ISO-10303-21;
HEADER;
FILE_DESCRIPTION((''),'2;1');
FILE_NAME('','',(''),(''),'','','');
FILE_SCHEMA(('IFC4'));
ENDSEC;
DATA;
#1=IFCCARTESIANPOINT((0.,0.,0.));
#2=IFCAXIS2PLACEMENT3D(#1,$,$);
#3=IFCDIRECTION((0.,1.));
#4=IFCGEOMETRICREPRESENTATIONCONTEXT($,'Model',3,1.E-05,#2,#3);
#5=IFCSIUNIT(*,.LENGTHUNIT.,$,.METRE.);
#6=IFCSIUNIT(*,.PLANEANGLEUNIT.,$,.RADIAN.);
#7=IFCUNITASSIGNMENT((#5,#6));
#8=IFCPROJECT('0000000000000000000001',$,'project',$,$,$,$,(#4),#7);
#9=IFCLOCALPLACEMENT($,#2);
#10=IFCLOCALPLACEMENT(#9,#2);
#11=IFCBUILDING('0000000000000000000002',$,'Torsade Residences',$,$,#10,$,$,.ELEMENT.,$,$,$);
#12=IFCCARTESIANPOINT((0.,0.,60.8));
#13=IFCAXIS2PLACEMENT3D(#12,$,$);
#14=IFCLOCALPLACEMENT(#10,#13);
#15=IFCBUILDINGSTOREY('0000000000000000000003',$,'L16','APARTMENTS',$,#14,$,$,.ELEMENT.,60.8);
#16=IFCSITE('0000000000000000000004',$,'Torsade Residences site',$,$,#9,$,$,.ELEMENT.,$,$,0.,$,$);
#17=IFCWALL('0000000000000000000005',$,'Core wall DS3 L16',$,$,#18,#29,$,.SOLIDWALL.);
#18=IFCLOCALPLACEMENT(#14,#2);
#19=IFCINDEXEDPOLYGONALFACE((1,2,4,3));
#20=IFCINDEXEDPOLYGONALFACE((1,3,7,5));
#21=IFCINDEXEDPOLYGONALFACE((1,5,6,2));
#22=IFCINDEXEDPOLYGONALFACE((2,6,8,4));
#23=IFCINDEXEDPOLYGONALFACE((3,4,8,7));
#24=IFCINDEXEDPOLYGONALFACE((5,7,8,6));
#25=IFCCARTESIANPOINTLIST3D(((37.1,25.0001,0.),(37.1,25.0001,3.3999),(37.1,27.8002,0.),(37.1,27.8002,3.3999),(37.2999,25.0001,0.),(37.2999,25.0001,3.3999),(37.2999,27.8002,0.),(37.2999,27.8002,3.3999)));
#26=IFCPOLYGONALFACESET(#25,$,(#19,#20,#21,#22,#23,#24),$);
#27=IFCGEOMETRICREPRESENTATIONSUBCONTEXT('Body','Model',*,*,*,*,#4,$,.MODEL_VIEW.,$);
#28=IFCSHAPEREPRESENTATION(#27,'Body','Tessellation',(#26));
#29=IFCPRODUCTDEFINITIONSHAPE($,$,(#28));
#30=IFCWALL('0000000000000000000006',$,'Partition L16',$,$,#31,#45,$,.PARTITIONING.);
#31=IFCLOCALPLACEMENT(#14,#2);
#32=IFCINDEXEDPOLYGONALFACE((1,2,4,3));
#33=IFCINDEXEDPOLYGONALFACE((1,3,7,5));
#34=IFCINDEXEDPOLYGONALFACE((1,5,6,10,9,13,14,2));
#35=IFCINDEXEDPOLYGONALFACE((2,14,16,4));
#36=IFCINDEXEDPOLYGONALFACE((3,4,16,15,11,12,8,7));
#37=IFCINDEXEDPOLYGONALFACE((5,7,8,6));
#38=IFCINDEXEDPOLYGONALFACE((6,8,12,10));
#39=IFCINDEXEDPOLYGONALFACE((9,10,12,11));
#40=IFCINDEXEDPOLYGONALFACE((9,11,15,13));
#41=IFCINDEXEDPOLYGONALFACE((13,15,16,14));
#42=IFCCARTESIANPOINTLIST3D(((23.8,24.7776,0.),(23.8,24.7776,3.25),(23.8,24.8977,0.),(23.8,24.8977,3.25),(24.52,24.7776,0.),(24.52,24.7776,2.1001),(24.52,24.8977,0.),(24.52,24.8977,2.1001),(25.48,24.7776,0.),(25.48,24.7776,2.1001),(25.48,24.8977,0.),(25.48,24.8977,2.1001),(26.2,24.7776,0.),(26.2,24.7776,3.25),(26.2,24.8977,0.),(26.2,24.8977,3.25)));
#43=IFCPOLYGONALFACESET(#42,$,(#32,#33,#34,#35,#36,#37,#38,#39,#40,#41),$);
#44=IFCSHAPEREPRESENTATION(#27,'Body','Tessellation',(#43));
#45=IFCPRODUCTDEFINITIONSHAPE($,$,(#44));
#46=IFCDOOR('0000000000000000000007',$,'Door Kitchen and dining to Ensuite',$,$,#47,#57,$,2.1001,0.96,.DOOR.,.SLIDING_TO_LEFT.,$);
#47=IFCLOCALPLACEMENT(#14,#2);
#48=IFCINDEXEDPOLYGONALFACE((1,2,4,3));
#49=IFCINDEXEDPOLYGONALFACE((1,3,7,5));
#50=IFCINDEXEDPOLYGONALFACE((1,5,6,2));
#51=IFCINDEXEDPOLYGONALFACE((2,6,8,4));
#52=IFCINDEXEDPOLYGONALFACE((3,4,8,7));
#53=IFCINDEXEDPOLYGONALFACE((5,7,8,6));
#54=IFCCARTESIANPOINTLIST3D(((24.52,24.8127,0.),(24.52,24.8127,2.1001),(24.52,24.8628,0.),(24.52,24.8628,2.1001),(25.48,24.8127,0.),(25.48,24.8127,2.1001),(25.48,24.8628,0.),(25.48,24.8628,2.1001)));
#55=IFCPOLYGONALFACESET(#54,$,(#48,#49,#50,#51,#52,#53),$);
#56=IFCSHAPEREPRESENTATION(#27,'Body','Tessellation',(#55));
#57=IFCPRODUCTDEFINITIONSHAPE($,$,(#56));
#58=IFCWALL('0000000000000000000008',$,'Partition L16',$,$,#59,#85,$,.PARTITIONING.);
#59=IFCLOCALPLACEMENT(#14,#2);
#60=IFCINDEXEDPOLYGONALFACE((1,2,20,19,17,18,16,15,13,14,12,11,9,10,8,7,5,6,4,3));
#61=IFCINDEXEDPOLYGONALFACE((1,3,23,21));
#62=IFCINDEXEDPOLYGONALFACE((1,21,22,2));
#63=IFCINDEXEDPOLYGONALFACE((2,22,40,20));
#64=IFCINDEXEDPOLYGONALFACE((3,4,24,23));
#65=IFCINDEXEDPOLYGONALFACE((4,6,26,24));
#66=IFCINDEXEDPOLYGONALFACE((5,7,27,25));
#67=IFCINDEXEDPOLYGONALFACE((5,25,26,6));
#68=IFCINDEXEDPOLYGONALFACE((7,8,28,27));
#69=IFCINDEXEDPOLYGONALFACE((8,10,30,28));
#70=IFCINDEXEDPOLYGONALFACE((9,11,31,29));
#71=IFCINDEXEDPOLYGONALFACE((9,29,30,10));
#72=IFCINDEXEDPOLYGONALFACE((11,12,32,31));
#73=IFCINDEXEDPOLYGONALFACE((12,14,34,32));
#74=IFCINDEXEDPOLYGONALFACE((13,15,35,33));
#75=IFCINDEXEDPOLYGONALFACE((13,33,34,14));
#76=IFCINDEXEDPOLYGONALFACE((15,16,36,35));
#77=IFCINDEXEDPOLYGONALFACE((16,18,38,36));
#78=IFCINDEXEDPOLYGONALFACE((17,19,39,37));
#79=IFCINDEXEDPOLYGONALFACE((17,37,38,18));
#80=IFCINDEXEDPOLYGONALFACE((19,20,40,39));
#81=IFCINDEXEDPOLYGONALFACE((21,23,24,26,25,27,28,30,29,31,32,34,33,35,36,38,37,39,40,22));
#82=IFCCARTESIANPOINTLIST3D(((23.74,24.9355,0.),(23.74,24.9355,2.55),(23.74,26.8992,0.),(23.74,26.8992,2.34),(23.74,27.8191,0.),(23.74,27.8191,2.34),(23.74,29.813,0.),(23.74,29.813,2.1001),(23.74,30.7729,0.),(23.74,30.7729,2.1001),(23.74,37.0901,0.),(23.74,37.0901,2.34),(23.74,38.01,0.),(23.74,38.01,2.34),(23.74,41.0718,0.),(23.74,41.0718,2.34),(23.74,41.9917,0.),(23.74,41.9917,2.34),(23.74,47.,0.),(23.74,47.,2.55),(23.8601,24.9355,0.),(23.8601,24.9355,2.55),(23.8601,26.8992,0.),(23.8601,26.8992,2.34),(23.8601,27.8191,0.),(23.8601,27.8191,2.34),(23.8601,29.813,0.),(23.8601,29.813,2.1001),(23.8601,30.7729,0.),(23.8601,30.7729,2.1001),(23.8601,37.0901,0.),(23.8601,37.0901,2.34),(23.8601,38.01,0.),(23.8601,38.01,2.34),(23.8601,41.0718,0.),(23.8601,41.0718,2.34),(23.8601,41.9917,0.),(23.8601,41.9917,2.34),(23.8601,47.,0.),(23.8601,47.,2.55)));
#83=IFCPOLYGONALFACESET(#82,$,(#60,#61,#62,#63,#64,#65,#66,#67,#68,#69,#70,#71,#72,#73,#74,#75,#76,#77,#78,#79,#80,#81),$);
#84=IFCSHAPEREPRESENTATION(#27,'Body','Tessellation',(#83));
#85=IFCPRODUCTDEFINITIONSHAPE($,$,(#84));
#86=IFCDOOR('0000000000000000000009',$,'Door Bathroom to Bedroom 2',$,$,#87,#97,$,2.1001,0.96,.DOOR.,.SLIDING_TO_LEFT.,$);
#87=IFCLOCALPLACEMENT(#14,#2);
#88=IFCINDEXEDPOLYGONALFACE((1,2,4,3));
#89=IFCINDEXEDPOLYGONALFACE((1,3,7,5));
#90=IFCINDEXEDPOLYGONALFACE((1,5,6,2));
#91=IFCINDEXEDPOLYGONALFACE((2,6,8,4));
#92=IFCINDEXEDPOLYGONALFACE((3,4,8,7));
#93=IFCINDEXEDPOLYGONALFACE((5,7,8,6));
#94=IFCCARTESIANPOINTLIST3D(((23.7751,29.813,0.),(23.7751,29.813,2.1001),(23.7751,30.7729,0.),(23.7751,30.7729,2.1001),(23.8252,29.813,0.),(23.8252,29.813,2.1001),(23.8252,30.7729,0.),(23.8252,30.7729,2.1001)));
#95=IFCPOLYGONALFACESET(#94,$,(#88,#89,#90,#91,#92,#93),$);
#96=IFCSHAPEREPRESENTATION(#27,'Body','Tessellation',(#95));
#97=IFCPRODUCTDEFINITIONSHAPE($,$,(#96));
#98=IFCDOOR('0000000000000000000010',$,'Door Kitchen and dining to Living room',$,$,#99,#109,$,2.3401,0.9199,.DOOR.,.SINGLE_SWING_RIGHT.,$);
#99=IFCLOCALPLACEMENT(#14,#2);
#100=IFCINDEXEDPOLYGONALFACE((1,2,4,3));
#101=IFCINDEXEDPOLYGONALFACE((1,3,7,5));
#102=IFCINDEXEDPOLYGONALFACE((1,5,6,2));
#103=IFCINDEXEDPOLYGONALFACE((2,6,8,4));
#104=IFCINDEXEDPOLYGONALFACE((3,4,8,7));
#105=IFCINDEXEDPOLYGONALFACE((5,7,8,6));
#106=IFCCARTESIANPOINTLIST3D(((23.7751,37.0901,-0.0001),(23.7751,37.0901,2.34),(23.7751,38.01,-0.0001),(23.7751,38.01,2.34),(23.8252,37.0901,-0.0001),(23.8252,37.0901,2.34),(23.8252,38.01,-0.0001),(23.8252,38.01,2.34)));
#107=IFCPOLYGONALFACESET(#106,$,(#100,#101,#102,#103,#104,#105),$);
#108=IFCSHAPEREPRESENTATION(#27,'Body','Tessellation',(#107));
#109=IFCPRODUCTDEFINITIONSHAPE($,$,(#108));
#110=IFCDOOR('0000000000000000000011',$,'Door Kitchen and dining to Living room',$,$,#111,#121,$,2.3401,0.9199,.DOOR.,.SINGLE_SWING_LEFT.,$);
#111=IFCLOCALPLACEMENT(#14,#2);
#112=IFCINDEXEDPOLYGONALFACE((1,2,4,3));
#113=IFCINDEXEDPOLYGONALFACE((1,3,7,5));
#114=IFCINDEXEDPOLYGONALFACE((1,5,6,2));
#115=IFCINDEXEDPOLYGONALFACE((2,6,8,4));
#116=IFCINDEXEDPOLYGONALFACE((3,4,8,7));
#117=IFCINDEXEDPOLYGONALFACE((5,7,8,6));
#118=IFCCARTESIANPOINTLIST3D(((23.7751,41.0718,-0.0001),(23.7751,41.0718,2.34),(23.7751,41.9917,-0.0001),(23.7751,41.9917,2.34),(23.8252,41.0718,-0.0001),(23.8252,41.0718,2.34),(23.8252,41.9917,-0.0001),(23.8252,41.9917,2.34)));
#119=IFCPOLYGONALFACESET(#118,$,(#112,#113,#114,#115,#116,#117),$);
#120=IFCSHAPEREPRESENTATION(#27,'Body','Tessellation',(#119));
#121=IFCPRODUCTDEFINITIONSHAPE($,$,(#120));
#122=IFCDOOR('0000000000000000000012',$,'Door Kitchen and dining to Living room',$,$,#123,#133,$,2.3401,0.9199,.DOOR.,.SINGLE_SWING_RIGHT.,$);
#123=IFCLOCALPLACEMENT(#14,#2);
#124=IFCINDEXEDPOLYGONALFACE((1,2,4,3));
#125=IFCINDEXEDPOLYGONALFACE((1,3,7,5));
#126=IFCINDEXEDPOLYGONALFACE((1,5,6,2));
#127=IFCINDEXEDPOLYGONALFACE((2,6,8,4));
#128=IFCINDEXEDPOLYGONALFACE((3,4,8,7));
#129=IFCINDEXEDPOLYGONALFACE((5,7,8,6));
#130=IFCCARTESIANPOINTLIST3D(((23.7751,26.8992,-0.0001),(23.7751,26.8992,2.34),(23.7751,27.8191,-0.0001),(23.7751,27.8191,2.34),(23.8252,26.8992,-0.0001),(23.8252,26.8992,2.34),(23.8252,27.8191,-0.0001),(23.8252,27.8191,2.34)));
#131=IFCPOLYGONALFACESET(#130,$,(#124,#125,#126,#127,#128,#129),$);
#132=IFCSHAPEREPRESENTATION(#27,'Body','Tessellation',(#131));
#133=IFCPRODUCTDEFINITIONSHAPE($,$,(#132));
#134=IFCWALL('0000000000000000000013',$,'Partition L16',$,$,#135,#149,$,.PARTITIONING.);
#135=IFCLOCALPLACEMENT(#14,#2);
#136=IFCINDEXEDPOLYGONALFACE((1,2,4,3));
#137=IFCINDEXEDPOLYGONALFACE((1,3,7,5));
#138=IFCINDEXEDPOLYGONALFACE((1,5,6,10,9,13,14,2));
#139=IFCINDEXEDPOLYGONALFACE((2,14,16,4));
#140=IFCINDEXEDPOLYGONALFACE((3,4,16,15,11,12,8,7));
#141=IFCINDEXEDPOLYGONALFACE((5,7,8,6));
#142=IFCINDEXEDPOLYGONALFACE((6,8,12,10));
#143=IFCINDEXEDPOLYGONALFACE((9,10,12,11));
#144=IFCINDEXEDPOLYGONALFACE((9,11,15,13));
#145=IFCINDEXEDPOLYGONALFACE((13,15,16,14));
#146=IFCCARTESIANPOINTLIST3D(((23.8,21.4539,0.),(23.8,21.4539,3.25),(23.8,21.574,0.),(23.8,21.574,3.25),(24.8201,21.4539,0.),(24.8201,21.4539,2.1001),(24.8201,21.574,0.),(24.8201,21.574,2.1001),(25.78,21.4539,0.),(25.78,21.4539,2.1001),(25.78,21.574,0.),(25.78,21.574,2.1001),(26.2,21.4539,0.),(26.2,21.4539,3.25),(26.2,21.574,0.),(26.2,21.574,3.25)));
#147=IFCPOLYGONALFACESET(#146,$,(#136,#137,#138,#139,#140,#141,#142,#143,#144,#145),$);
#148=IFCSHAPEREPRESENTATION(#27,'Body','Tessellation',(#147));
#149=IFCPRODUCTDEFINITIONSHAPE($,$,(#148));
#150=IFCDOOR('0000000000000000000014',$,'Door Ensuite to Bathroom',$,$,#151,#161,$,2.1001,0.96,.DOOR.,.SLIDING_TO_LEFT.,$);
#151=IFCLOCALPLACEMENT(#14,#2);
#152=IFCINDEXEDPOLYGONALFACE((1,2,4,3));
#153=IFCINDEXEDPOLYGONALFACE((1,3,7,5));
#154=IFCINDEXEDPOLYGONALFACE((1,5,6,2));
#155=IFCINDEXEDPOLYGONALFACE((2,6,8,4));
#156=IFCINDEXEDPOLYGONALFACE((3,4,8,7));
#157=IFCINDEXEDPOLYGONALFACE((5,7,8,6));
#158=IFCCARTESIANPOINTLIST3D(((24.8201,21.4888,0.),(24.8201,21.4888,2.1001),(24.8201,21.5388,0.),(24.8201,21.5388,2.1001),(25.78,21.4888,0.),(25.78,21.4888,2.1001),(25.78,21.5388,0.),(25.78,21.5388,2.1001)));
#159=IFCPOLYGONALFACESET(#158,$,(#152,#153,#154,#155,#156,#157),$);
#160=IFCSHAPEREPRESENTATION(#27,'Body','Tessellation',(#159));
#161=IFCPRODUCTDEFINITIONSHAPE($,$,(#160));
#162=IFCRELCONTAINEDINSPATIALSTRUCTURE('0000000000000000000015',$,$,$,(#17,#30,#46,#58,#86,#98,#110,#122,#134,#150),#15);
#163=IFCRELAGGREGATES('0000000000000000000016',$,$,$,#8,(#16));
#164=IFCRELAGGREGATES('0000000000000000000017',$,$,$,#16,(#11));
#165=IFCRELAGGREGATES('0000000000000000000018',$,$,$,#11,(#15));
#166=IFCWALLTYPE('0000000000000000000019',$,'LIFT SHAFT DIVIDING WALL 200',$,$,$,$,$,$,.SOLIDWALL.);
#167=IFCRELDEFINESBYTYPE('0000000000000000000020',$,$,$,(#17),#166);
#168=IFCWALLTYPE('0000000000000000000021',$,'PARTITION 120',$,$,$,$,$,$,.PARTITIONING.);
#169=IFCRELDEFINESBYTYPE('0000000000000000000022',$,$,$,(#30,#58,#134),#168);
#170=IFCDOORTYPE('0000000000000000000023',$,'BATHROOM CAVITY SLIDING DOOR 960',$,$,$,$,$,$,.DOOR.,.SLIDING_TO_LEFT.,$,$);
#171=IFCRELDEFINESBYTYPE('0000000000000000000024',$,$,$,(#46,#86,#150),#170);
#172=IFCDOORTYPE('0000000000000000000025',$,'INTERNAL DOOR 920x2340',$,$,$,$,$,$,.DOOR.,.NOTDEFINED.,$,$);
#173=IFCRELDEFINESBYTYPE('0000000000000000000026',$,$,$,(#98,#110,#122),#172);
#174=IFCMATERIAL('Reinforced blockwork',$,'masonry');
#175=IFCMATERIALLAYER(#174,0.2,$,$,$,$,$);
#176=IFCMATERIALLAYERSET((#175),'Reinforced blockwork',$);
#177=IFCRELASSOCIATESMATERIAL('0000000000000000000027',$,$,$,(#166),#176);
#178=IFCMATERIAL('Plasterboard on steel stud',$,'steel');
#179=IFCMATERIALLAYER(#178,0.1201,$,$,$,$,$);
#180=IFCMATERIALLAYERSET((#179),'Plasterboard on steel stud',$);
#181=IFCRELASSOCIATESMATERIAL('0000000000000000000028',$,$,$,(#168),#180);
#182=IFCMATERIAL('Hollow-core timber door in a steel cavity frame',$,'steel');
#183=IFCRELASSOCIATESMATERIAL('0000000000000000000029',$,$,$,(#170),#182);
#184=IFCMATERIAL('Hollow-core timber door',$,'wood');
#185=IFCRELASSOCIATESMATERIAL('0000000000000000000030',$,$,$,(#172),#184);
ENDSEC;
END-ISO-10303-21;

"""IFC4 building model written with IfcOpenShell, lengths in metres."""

from ifc_helpers import new_model, si_unit, direction, frame, frame_2d, origin, place, context, subcontext, project, spatial, rectangle, extrude, material, layer, layer_set, type_object, element, fill, save


model = new_model("IFC4")

# Units and contexts
model_context = context("Model", 3, precision=1e-05, world=origin(), true_north=direction((0.0, 1.0)))
body_context = subcontext(model_context, "Body", "Model", "MODEL_VIEW")
ifc_project = project(units=[si_unit("LENGTHUNIT", "METRE"), si_unit("PLANEANGLEUNIT", "RADIAN")], contexts=[model_context])

# Site, building, storey
site_placement = place(None, origin())
site = spatial("IfcSite", under=ifc_project, at=site_placement, Name="Torsade Residences site", CompositionType="ELEMENT", RefElevation=0.0)
building_placement = place(site_placement, origin())
building = spatial("IfcBuilding", under=site, at=building_placement, Name="Torsade Residences", CompositionType="ELEMENT")
storey_placement = place(building_placement, frame((0.0, 0.0, 60.8)))
storey = spatial("IfcBuildingStorey", under=building, at=storey_placement, Name="L16", Description="APARTMENTS", CompositionType="ELEMENT", Elevation=60.8)

# Wall
ifc_material_1 = material(Name="Reinforced blockwork", Category="masonry")
ifc_layer_1 = layer(ifc_material_1, 0.2)
ifc_layer_set_1 = layer_set([ifc_layer_1], Name="Reinforced blockwork")
wall_type_1 = type_object("IfcWallType", Name="LIFT SHAFT DIVIDING WALL 200", PredefinedType="SOLIDWALL", material=ifc_layer_set_1)
wall_1_placement = place(storey_placement, frame((37.2, 27.8, 0.0), z_axis=(0.0, 0.0, 1.0), x_axis=(0.0, -1.0, 0.0)))
element("IfcWall", 1, at=wall_1_placement, inside=storey, type_object=wall_type_1, Name="Core wall DS3 L16", PredefinedType="SOLIDWALL", context=body_context, shape_type="SweptSolid", body=[
    extrude(rectangle(XDim=2.8, YDim=0.2, at=frame_2d((1.3999, 0.0))), origin(), (0.0, 0.0, 1.0), 3.3999),
])

# Wall, opening, door
ifc_material_2 = material(Name="Plasterboard on steel stud", Category="steel")
ifc_layer_2 = layer(ifc_material_2, 0.1201)
ifc_layer_set_2 = layer_set([ifc_layer_2], Name="Plasterboard on steel stud")
wall_type_2 = type_object("IfcWallType", Name="PARTITION 120", PredefinedType="PARTITIONING", material=ifc_layer_set_2)
wall_2_placement = place(storey_placement, frame((26.2, 24.8376, 0.0), z_axis=(0.0, 0.0, 1.0), x_axis=(-1.0, 0.0, 0.0)))
wall_2 = element("IfcWall", 2, at=wall_2_placement, inside=storey, type_object=wall_type_2, Name="Partition L16", PredefinedType="PARTITIONING", context=body_context, shape_type="SweptSolid", body=[
    extrude(rectangle(XDim=2.3999, YDim=0.1201, at=frame_2d((1.2, 0.0))), origin(), (0.0, 0.0, 1.0), 3.25),
])
opening_1_placement = place(wall_2_placement, frame((0.72, 0.0, 0.0)))
opening_1 = element("IfcOpeningElement", 3, at=opening_1_placement, cuts=wall_2, PredefinedType="OPENING", context=body_context, shape_type="SweptSolid", body=[
    extrude(rectangle(XDim=0.96, YDim=2.1001, at=frame_2d((0.48, 1.05))), frame((0.0, 0.0701, 0.0), z_axis=(0.0, -1.0, 0.0), x_axis=(1.0, 0.0, 0.0)), (0.0, 0.0, 1.0), 0.1401),
])
ifc_material_3 = material(Name="Hollow-core timber door in a steel cavity frame", Category="steel")
door_type_1 = type_object("IfcDoorType", Name="BATHROOM CAVITY SLIDING DOOR 960", OperationType="SLIDING_TO_LEFT", PredefinedType="DOOR", material=ifc_material_3)
door_1_placement = place(opening_1_placement, origin())
door_1 = element("IfcDoor", 4, at=door_1_placement, inside=storey, type_object=door_type_1, Name="Door Kitchen and dining to Ensuite", OperationType="SLIDING_TO_LEFT", OverallHeight=2.1001, OverallWidth=0.96, PredefinedType="DOOR", context=body_context, shape_type="SweptSolid", body=[
    extrude(rectangle(XDim=0.96, YDim=2.1001, at=frame_2d((0.48, 1.05))), frame((0.0, 0.0249, 0.0), z_axis=(0.0, -1.0, 0.0), x_axis=(1.0, 0.0, 0.0)), (0.0, 0.0, 1.0), 0.05),
])
fill(opening_1, door_1)

# Wall, openings, doors
wall_3_placement = place(storey_placement, frame((23.8, 24.9355, 0.0), z_axis=(0.0, 0.0, 1.0), x_axis=(0.0, 1.0, 0.0)))
wall_3 = element("IfcWall", 5, at=wall_3_placement, inside=storey, type_object=wall_type_2, Name="Partition L16", PredefinedType="PARTITIONING", context=body_context, shape_type="SweptSolid", body=[
    extrude(rectangle(XDim=22.0645, YDim=0.1201, at=frame_2d((11.0322, 0.0))), origin(), (0.0, 0.0, 1.0), 2.55),
])
opening_2_placement = place(wall_3_placement, frame((12.1545, 0.0, 0.0)))
opening_2 = element("IfcOpeningElement", 6, at=opening_2_placement, cuts=wall_3, PredefinedType="OPENING", context=body_context, shape_type="SweptSolid", body=[
    extrude(rectangle(XDim=0.9199, YDim=2.3401, at=frame_2d((0.46, 1.1699))), frame((0.0, 0.0701, 0.0), z_axis=(0.0, -1.0, 0.0), x_axis=(1.0, 0.0, 0.0)), (0.0, 0.0, 1.0), 0.1401),
])
opening_3_placement = place(wall_3_placement, frame((16.1362, 0.0, 0.0)))
opening_3 = element("IfcOpeningElement", 7, at=opening_3_placement, cuts=wall_3, PredefinedType="OPENING", context=body_context, shape_type="SweptSolid", body=[
    extrude(rectangle(XDim=0.9199, YDim=2.3401, at=frame_2d((0.46, 1.1699))), frame((0.0, 0.0701, 0.0), z_axis=(0.0, -1.0, 0.0), x_axis=(1.0, 0.0, 0.0)), (0.0, 0.0, 1.0), 0.1401),
])
opening_4_placement = place(wall_3_placement, frame((1.9636, 0.0, 0.0)))
opening_4 = element("IfcOpeningElement", 8, at=opening_4_placement, cuts=wall_3, PredefinedType="OPENING", context=body_context, shape_type="SweptSolid", body=[
    extrude(rectangle(XDim=0.9199, YDim=2.3401, at=frame_2d((0.46, 1.1699))), frame((0.0, 0.0701, 0.0), z_axis=(0.0, -1.0, 0.0), x_axis=(1.0, 0.0, 0.0)), (0.0, 0.0, 1.0), 0.1401),
])
opening_5_placement = place(wall_3_placement, frame((4.8774, 0.0, 0.0)))
opening_5 = element("IfcOpeningElement", 9, at=opening_5_placement, cuts=wall_3, PredefinedType="OPENING", context=body_context, shape_type="SweptSolid", body=[
    extrude(rectangle(XDim=0.96, YDim=2.1001, at=frame_2d((0.48, 1.05))), frame((0.0, 0.0701, 0.0), z_axis=(0.0, -1.0, 0.0), x_axis=(1.0, 0.0, 0.0)), (0.0, 0.0, 1.0), 0.1401),
])
door_2_placement = place(opening_5_placement, origin())
door_2 = element("IfcDoor", 10, at=door_2_placement, inside=storey, type_object=door_type_1, Name="Door Bathroom to Bedroom 2", OperationType="SLIDING_TO_LEFT", OverallHeight=2.1001, OverallWidth=0.96, PredefinedType="DOOR", context=body_context, shape_type="SweptSolid", body=[
    extrude(rectangle(XDim=0.96, YDim=2.1001, at=frame_2d((0.48, 1.05))), frame((0.0, 0.0249, 0.0), z_axis=(0.0, -1.0, 0.0), x_axis=(1.0, 0.0, 0.0)), (0.0, 0.0, 1.0), 0.05),
])
fill(opening_5, door_2)
ifc_material_4 = material(Name="Hollow-core timber door", Category="wood")
door_type_2 = type_object("IfcDoorType", Name="INTERNAL DOOR 920x2340", OperationType="NOTDEFINED", PredefinedType="DOOR", material=ifc_material_4)
door_3_placement = place(opening_2_placement, origin())
door_3 = element("IfcDoor", 11, at=door_3_placement, inside=storey, type_object=door_type_2, Name="Door Kitchen and dining to Living room", OperationType="SINGLE_SWING_RIGHT", OverallHeight=2.3401, OverallWidth=0.9199, PredefinedType="DOOR", context=body_context, shape_type="SweptSolid", body=[
    extrude(rectangle(XDim=0.9199, YDim=2.3401, at=frame_2d((0.46, 1.1699))), frame((0.0, 0.0249, 0.0), z_axis=(0.0, -1.0, 0.0), x_axis=(1.0, 0.0, 0.0)), (0.0, 0.0, 1.0), 0.05),
])
fill(opening_2, door_3)
door_4_placement = place(opening_3_placement, origin())
door_4 = element("IfcDoor", 12, at=door_4_placement, inside=storey, type_object=door_type_2, Name="Door Kitchen and dining to Living room", OperationType="SINGLE_SWING_LEFT", OverallHeight=2.3401, OverallWidth=0.9199, PredefinedType="DOOR", context=body_context, shape_type="SweptSolid", body=[
    extrude(rectangle(XDim=0.9199, YDim=2.3401, at=frame_2d((0.46, 1.1699))), frame((0.0, 0.0249, 0.0), z_axis=(0.0, -1.0, 0.0), x_axis=(1.0, 0.0, 0.0)), (0.0, 0.0, 1.0), 0.05),
])
fill(opening_3, door_4)
door_5_placement = place(opening_4_placement, origin())
door_5 = element("IfcDoor", 13, at=door_5_placement, inside=storey, type_object=door_type_2, Name="Door Kitchen and dining to Living room", OperationType="SINGLE_SWING_RIGHT", OverallHeight=2.3401, OverallWidth=0.9199, PredefinedType="DOOR", context=body_context, shape_type="SweptSolid", body=[
    extrude(rectangle(XDim=0.9199, YDim=2.3401, at=frame_2d((0.46, 1.1699))), frame((0.0, 0.0249, 0.0), z_axis=(0.0, -1.0, 0.0), x_axis=(1.0, 0.0, 0.0)), (0.0, 0.0, 1.0), 0.05),
])
fill(opening_4, door_5)

# Wall, opening, door
wall_4_placement = place(storey_placement, frame((23.8, 21.5139, 0.0), z_axis=(0.0, 0.0, 1.0), x_axis=(1.0, 0.0, 0.0)))
wall_4 = element("IfcWall", 14, at=wall_4_placement, inside=storey, type_object=wall_type_2, Name="Partition L16", PredefinedType="PARTITIONING", context=body_context, shape_type="SweptSolid", body=[
    extrude(rectangle(XDim=2.3999, YDim=0.1201, at=frame_2d((1.2, 0.0))), origin(), (0.0, 0.0, 1.0), 3.25),
])
opening_6_placement = place(wall_4_placement, frame((1.02, 0.0, 0.0)))
opening_6 = element("IfcOpeningElement", 15, at=opening_6_placement, cuts=wall_4, PredefinedType="OPENING", context=body_context, shape_type="SweptSolid", body=[
    extrude(rectangle(XDim=0.96, YDim=2.1001, at=frame_2d((0.48, 1.05))), frame((0.0, 0.0701, 0.0), z_axis=(0.0, -1.0, 0.0), x_axis=(1.0, 0.0, 0.0)), (0.0, 0.0, 1.0), 0.1401),
])
door_6_placement = place(opening_6_placement, origin())
door_6 = element("IfcDoor", 16, at=door_6_placement, inside=storey, type_object=door_type_1, Name="Door Ensuite to Bathroom", OperationType="SLIDING_TO_LEFT", OverallHeight=2.1001, OverallWidth=0.96, PredefinedType="DOOR", context=body_context, shape_type="SweptSolid", body=[
    extrude(rectangle(XDim=0.96, YDim=2.1001, at=frame_2d((0.48, 1.05))), frame((0.0, 0.0249, 0.0), z_axis=(0.0, -1.0, 0.0), x_axis=(1.0, 0.0, 0.0)), (0.0, 0.0, 1.0), 0.05),
])
fill(opening_6, door_6)

save(model, "model.ifc")
